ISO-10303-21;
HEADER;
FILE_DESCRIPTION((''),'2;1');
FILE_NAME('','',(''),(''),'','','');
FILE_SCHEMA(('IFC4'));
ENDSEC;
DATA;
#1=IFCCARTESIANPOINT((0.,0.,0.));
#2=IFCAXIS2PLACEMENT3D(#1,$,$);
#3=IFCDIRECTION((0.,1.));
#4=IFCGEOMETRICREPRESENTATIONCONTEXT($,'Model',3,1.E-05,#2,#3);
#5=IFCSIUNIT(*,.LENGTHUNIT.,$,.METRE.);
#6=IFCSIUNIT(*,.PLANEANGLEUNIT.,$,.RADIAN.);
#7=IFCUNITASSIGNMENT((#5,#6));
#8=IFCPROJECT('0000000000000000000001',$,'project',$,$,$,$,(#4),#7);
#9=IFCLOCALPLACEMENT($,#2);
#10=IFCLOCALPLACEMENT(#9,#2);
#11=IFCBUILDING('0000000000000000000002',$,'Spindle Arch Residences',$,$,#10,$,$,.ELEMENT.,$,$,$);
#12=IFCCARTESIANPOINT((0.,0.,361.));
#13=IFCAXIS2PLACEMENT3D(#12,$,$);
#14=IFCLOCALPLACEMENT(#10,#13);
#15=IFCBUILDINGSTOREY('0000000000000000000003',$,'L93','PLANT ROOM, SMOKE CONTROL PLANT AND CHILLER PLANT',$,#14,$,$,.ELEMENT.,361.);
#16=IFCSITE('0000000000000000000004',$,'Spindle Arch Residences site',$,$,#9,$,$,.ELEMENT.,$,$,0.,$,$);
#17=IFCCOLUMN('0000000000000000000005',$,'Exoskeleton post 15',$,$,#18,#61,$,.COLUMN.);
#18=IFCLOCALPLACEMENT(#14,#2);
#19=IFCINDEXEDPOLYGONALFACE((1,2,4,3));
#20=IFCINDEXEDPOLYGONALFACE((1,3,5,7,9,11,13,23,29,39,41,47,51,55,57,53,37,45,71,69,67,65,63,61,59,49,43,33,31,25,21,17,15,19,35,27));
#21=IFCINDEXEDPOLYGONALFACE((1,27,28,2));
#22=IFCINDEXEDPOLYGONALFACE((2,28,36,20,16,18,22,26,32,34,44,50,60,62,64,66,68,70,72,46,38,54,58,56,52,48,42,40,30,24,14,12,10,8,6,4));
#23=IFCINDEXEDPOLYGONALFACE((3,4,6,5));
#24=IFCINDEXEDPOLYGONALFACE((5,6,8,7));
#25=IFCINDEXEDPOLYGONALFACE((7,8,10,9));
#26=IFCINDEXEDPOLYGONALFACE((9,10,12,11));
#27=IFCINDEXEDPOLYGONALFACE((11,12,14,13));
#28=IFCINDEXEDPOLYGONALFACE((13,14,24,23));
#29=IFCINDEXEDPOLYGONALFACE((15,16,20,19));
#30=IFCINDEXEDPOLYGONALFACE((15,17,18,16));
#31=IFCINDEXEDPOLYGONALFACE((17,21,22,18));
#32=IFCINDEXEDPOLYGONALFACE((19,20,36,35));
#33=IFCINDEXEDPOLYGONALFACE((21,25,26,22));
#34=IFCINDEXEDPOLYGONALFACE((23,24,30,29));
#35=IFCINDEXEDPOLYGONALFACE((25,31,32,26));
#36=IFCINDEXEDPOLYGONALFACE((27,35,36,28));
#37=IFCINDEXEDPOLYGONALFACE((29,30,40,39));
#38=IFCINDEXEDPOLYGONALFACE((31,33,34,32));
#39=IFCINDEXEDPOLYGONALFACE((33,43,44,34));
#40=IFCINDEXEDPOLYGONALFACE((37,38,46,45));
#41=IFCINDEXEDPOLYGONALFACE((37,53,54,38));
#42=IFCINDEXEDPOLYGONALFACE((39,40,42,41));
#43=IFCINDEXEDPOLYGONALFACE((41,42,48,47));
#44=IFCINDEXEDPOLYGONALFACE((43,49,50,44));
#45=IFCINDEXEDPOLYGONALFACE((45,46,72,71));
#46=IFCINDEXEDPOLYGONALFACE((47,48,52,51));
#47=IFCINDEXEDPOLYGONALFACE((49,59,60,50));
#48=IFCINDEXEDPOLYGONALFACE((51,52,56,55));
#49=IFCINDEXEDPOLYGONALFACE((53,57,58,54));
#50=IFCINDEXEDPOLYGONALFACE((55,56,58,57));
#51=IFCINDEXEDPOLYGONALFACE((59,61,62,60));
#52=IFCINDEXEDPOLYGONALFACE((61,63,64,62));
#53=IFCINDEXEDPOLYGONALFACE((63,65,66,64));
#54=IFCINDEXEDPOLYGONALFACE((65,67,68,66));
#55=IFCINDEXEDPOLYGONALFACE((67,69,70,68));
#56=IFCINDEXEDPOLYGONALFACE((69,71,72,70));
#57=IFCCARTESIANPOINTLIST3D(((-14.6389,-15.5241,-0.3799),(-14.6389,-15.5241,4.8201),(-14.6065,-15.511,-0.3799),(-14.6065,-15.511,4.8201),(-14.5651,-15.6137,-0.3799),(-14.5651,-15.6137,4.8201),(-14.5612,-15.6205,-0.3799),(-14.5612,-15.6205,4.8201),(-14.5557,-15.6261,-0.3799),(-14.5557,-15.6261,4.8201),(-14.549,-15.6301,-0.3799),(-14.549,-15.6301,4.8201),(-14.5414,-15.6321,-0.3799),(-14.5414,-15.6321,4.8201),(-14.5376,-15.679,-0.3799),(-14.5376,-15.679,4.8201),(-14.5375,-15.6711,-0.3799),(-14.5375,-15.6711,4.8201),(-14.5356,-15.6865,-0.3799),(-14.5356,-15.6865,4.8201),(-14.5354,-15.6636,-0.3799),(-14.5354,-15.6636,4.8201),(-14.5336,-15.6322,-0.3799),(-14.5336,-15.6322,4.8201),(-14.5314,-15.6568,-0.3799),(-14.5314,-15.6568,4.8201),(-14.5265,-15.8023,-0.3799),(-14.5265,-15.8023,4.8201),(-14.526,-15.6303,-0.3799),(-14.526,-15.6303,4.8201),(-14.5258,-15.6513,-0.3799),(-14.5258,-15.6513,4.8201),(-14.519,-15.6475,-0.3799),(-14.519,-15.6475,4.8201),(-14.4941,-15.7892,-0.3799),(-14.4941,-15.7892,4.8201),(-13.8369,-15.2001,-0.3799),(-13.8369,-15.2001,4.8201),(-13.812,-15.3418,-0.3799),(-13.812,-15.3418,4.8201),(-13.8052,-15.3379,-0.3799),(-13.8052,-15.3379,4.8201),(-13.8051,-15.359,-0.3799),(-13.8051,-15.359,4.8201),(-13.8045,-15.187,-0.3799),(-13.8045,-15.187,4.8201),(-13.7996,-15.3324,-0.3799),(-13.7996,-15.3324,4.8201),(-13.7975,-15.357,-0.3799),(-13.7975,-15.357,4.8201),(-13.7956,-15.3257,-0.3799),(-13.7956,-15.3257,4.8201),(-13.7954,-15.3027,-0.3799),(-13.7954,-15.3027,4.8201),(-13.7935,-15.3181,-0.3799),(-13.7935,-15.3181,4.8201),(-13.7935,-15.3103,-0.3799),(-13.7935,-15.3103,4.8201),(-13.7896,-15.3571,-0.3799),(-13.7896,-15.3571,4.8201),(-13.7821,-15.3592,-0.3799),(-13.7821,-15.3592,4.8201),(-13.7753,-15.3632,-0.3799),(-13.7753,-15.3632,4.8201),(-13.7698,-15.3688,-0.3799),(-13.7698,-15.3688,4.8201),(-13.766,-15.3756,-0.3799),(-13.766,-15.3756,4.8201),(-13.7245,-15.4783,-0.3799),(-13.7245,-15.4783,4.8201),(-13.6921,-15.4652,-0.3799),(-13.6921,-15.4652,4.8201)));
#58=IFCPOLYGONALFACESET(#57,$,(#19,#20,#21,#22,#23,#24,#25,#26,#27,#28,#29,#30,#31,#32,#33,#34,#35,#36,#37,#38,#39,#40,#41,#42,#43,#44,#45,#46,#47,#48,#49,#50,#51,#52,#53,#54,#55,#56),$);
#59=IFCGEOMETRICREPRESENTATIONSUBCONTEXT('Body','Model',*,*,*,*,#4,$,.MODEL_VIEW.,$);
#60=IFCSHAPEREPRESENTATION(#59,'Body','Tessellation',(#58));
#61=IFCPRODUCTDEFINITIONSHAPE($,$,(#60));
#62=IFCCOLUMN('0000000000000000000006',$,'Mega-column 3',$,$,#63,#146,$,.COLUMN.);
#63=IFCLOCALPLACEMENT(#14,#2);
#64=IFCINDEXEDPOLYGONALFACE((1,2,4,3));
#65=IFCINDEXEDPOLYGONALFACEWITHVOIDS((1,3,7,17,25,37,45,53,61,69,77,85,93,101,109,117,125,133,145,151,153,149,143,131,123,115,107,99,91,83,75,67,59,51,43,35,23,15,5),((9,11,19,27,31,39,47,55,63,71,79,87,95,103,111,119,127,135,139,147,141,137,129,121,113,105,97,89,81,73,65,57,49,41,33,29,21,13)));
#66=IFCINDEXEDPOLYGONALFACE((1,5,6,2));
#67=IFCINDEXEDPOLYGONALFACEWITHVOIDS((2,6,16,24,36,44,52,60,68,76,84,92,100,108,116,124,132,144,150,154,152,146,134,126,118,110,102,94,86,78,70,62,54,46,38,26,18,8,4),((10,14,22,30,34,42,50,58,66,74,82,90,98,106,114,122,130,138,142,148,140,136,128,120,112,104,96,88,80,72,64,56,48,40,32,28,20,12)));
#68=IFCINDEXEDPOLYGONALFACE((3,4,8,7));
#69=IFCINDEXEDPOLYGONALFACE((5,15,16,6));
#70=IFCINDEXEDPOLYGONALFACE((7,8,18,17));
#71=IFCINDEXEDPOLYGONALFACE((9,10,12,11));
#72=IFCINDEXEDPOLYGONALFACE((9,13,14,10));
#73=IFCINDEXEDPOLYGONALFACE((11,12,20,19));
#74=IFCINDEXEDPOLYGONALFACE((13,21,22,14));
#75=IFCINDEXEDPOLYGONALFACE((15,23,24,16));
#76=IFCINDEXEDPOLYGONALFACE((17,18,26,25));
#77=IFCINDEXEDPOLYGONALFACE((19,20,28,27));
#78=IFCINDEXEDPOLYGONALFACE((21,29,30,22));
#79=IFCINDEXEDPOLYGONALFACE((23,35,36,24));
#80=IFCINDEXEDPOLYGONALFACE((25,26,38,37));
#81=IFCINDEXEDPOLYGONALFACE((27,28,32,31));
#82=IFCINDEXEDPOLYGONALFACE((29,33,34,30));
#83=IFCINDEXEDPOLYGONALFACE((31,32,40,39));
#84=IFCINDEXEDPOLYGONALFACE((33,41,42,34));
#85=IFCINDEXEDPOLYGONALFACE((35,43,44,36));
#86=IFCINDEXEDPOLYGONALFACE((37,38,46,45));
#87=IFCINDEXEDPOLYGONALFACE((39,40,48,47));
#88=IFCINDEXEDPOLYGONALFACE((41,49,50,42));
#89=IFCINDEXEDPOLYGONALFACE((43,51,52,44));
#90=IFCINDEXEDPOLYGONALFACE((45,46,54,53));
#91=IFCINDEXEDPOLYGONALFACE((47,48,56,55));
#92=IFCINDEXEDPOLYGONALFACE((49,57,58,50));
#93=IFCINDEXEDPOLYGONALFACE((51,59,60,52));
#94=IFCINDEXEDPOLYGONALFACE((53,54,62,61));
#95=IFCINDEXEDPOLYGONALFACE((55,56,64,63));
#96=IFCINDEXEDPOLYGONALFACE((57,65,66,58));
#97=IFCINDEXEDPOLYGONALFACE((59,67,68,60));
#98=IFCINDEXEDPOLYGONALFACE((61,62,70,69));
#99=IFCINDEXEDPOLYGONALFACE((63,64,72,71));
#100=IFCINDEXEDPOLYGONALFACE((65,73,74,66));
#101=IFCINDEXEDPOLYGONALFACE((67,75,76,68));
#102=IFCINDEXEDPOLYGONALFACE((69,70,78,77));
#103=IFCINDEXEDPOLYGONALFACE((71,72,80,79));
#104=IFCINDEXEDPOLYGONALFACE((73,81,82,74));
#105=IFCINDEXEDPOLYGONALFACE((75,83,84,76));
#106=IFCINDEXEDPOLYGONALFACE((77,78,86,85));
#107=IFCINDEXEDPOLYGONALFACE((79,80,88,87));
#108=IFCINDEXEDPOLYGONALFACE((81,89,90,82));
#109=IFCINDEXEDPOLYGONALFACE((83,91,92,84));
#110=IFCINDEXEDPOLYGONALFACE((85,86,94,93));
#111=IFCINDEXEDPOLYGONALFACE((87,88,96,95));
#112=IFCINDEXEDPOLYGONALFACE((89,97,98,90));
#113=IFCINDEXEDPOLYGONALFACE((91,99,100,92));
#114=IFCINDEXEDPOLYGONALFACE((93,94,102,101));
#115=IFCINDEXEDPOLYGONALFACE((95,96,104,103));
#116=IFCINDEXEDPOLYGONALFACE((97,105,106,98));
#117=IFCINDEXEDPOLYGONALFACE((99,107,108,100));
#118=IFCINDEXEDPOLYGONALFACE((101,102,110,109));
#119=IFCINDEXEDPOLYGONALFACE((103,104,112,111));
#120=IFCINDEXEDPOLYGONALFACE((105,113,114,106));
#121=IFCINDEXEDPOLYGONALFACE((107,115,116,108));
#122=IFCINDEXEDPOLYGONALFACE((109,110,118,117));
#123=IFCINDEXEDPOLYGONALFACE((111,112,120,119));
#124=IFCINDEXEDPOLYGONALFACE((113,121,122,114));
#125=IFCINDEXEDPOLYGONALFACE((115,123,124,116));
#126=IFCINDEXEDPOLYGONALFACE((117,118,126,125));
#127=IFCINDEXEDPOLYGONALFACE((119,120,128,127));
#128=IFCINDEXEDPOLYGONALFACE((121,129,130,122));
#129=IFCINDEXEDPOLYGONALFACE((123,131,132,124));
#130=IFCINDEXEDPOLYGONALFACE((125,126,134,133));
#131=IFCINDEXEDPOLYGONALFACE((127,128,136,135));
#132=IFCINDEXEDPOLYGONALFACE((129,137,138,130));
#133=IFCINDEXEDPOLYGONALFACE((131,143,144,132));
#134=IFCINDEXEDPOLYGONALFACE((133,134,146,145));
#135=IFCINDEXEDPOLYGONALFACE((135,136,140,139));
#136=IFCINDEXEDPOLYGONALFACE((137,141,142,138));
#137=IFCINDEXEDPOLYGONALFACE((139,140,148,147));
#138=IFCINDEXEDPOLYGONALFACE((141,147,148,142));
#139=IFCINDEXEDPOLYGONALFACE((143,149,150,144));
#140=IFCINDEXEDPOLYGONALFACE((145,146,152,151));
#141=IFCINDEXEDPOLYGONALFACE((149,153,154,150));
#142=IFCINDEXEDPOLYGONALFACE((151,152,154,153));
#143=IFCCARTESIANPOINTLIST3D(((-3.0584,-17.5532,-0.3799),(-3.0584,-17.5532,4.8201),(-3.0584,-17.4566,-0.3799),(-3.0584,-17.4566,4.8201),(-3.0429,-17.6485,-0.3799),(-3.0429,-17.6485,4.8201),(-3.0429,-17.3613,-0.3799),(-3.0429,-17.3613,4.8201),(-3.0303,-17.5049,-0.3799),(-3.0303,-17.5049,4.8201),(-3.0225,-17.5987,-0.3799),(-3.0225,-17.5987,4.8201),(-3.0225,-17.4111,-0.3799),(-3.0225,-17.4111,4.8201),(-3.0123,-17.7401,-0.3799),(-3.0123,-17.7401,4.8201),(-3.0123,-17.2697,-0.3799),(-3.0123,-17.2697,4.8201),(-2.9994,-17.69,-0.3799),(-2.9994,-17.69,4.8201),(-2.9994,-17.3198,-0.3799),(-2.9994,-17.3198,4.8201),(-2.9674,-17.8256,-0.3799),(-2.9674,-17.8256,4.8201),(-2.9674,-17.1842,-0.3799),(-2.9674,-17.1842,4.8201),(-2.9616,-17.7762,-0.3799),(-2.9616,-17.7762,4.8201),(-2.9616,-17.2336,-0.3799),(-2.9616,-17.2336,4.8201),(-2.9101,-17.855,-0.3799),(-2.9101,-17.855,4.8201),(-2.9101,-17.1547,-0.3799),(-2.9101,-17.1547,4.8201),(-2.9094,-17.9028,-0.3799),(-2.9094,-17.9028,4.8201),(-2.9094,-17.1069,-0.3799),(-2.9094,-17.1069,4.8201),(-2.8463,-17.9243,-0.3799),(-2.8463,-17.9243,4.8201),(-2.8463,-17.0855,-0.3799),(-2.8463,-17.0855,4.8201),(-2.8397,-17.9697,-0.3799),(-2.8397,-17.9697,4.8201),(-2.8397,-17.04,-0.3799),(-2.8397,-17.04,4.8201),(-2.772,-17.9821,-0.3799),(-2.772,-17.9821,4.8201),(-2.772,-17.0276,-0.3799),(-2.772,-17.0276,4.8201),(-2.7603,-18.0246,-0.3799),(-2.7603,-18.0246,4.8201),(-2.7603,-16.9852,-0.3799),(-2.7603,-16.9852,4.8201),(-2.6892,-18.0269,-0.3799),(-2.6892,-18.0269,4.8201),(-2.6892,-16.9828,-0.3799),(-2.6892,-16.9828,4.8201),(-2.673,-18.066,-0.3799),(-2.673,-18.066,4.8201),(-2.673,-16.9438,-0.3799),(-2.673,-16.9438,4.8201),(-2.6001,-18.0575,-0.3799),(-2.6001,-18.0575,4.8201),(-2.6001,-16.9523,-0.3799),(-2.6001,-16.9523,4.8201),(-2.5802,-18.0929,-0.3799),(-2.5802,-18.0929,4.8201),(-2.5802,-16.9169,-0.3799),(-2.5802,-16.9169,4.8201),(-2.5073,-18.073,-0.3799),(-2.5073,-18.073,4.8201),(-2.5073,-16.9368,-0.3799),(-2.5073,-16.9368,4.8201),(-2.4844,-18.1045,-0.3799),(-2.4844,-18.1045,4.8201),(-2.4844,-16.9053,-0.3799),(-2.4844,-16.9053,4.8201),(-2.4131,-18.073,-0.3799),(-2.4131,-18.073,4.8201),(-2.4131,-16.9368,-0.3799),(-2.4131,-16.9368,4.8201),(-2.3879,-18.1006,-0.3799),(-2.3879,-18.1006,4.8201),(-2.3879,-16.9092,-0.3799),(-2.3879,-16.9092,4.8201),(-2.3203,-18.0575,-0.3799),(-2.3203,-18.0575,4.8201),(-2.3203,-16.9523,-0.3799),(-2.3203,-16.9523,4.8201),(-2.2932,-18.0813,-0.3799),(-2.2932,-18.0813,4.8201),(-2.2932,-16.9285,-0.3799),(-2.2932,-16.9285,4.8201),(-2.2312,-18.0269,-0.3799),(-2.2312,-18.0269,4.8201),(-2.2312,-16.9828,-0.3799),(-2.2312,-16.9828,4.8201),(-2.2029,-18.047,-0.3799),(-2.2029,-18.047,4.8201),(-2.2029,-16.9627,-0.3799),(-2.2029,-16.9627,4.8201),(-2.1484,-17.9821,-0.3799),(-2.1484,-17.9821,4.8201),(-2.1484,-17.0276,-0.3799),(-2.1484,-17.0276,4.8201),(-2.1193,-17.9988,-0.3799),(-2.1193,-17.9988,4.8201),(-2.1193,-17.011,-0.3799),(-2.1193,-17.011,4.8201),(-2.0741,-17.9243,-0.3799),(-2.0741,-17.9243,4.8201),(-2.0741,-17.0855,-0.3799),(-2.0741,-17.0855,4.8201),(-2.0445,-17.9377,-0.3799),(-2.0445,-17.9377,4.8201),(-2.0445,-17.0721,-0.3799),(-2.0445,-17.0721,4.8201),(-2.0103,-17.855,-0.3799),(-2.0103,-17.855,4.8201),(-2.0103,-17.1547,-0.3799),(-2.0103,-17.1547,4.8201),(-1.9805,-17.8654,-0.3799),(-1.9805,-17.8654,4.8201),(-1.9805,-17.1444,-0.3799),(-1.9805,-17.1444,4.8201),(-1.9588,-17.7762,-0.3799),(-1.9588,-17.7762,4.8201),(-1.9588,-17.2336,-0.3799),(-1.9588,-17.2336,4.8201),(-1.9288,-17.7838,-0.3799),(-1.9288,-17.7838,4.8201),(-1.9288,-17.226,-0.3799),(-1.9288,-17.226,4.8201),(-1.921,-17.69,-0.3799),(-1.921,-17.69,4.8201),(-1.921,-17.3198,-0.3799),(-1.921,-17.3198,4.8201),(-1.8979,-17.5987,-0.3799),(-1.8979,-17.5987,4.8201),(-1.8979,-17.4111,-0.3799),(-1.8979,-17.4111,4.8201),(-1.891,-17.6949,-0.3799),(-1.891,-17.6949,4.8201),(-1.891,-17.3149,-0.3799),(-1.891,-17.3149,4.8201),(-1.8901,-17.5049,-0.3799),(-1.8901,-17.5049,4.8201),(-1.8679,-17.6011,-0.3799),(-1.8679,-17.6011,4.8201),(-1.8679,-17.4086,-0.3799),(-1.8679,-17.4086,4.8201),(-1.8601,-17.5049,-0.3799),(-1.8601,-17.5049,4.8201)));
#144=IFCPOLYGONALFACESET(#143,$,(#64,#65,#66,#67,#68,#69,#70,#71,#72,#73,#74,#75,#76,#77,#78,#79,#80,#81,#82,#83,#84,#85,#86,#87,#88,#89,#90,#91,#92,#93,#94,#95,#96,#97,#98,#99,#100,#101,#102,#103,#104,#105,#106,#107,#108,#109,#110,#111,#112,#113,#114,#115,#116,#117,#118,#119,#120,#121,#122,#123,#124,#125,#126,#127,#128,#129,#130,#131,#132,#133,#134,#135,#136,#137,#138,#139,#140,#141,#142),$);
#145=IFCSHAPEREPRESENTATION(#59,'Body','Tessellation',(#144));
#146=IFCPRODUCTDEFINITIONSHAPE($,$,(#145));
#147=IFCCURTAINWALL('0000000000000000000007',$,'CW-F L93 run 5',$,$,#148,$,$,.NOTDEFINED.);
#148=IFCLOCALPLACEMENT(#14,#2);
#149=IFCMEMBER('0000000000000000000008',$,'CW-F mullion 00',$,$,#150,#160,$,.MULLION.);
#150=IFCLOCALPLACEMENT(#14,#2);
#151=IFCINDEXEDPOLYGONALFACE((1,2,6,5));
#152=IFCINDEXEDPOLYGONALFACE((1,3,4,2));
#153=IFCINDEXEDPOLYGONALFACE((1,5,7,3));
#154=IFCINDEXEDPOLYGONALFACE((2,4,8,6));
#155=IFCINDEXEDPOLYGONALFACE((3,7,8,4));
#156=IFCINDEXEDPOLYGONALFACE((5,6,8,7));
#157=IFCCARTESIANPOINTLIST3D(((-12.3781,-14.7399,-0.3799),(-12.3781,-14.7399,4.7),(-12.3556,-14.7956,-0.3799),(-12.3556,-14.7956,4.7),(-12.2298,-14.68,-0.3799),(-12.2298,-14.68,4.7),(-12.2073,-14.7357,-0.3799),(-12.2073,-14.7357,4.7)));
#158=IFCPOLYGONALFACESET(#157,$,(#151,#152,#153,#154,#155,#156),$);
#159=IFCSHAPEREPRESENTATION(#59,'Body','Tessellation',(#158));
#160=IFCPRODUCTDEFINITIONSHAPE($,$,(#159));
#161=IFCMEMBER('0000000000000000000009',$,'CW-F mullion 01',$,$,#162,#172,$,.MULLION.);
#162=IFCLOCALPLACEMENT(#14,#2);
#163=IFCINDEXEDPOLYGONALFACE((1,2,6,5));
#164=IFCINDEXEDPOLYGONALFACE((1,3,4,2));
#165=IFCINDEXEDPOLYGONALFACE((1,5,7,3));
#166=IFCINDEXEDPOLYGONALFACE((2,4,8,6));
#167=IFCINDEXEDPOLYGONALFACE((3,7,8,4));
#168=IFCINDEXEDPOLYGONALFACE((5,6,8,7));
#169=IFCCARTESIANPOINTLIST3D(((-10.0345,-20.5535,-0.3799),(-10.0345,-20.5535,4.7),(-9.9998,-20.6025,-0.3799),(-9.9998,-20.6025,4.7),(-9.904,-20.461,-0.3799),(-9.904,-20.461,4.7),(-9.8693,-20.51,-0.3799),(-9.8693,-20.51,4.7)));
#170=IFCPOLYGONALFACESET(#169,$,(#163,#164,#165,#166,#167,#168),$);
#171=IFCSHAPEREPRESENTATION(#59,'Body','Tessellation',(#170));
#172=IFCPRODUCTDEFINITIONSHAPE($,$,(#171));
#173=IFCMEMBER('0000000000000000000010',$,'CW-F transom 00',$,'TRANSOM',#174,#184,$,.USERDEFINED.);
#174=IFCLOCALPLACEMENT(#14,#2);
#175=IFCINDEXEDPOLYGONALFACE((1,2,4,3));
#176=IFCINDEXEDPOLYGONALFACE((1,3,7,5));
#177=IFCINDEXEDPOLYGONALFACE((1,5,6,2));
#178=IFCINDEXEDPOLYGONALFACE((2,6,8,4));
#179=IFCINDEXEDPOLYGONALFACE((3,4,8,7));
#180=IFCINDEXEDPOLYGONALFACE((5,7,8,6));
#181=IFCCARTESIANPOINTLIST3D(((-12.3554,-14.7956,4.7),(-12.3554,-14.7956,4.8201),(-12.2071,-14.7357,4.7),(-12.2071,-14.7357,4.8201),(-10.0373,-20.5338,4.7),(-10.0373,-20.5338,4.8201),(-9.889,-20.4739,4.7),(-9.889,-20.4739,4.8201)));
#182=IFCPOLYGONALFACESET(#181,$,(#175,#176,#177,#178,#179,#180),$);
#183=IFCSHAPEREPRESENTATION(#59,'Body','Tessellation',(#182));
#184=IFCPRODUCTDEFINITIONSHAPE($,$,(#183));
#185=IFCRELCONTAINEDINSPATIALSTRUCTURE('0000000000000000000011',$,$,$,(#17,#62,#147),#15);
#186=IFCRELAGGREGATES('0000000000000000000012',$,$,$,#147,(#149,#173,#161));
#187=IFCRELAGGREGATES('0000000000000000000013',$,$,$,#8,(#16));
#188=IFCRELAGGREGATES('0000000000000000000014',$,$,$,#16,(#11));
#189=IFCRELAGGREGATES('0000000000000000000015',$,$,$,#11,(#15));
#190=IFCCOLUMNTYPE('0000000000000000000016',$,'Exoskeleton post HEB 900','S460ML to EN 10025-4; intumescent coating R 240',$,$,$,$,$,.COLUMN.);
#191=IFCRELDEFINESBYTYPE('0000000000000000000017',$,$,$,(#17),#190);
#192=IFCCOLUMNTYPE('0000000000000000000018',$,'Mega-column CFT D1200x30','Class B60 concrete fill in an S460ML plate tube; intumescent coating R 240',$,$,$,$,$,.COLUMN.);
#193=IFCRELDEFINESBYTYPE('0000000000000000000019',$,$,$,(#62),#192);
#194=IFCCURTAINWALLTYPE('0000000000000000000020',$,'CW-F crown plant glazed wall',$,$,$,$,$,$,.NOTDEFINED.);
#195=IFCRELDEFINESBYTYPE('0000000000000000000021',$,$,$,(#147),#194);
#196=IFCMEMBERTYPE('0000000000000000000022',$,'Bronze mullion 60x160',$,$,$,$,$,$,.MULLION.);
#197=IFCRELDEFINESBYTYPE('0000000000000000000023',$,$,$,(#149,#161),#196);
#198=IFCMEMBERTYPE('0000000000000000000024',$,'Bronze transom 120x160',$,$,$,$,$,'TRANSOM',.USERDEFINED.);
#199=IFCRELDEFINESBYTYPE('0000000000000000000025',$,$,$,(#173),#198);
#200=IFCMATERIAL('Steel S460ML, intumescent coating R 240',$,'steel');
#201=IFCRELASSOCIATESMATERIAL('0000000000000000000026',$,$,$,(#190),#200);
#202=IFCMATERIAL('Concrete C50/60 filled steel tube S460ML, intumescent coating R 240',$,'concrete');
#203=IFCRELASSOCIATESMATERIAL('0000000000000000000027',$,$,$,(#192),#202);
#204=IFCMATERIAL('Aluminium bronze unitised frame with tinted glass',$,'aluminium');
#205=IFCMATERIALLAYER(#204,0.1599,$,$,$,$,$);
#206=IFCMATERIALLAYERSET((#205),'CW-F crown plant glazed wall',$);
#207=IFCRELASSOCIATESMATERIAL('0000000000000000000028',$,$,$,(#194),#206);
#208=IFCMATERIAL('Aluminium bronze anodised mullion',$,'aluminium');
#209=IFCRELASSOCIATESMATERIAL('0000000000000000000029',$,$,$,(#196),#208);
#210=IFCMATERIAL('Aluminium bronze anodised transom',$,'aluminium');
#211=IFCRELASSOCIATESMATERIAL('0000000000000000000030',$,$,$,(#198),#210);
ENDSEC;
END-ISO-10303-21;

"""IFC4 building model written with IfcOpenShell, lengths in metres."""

from ifc_helpers import new_model, si_unit, direction, frame, origin, origin_2d, place, context, subcontext, project, spatial, rectangle, hollow_circle, i_section, extrude, material, layer, layer_set, material_profile, profile_set, type_object, element, aggregate, save


model = new_model("IFC4")

# Units and contexts
model_context = context("Model", 3, precision=1e-05, world=origin(), true_north=direction((0.0, 1.0)))
body_context = subcontext(model_context, "Body", "Model", "MODEL_VIEW")
ifc_project = project(units=[si_unit("LENGTHUNIT", "METRE"), si_unit("PLANEANGLEUNIT", "RADIAN")], contexts=[model_context])

# Site, building, storey
site_placement = place(None, origin())
site = spatial("IfcSite", under=ifc_project, at=site_placement, Name="Spindle Arch Residences site", CompositionType="ELEMENT", RefElevation=0.0)
building_placement = place(site_placement, origin())
building = spatial("IfcBuilding", under=site, at=building_placement, Name="Spindle Arch Residences", CompositionType="ELEMENT")
storey_placement = place(building_placement, frame((0.0, 0.0, 361.0)))
storey = spatial("IfcBuildingStorey", under=building, at=storey_placement, Name="L93", Description="PLANT ROOM, SMOKE CONTROL PLANT AND CHILLER PLANT", CompositionType="ELEMENT", Elevation=361.0)

# Columns
ifc_material_1 = material(Name="Steel S460ML, intumescent coating R 240", Category="steel")
ifc_material_profile_1 = material_profile(ifc_material_1, i_section(OverallWidth=0.3, OverallDepth=0.8999, WebThickness=0.0186, FlangeThickness=0.0349, FilletRadius=0.03, at=origin_2d()), Name="HEB 900")
ifc_profile_set_1 = profile_set([ifc_material_profile_1], Name="Steel S460ML, intumescent coating R 240")
column_type_1 = type_object("IfcColumnType", Name="Exoskeleton post HEB 900", Description="S460ML to EN 10025-4; intumescent coating R 240", PredefinedType="COLUMN", material=ifc_profile_set_1)
column_1_placement = place(storey_placement, frame((-14.1655, -15.4946, -0.3799), z_axis=(0.0, 0.0, 1.0), x_axis=(-0.374607, 0.927184, 0.0)))
element("IfcColumn", 1, at=column_1_placement, inside=storey, type_object=column_type_1, Name="Exoskeleton post 15", PredefinedType="COLUMN", context=body_context, shape_type="SweptSolid", body=[
    extrude(i_section(OverallWidth=0.3, OverallDepth=0.8999, WebThickness=0.0186, FlangeThickness=0.0349, FilletRadius=0.03, at=origin_2d()), origin(), (0.0, 0.0, 1.0), 5.2),
])
ifc_material_2 = material(Name="Concrete C50/60 filled steel tube S460ML, intumescent coating R 240", Category="concrete")
ifc_material_profile_2 = material_profile(ifc_material_2, hollow_circle(Radius=0.6001, WallThickness=0.03, at=origin_2d()), Name="CFT D1200x30")
ifc_profile_set_2 = profile_set([ifc_material_profile_2], Name="Concrete C50/60 filled steel tube S460ML, intumescent coating R 240")
column_type_2 = type_object("IfcColumnType", Name="Mega-column CFT D1200x30", Description="Class B60 concrete fill in an S460ML plate tube; intumescent coating R 240", PredefinedType="COLUMN", material=ifc_profile_set_2)
column_2_placement = place(storey_placement, frame((-2.4602, -17.5049, -0.3799), z_axis=(0.0, 0.0, 1.0), x_axis=(1.0, 0.0, 0.0)))
element("IfcColumn", 2, at=column_2_placement, inside=storey, type_object=column_type_2, Name="Mega-column 3", PredefinedType="COLUMN", context=body_context, shape_type="SweptSolid", body=[
    extrude(hollow_circle(Radius=0.6001, WallThickness=0.03, at=origin_2d()), origin(), (0.0, 0.0, 1.0), 5.2),
])

# Curtain wall, members
ifc_material_3 = material(Name="Aluminium bronze unitised frame with tinted glass", Category="aluminium")
ifc_layer_1 = layer(ifc_material_3, 0.1599)
ifc_layer_set_1 = layer_set([ifc_layer_1], Name="CW-F crown plant glazed wall")
curtain_wall_type = type_object("IfcCurtainWallType", Name="CW-F crown plant glazed wall", PredefinedType="NOTDEFINED", material=ifc_layer_set_1)
curtain_wall_1_placement = place(storey_placement, origin())
curtain_wall_1 = element("IfcCurtainWall", 3, at=curtain_wall_1_placement, inside=storey, type_object=curtain_wall_type, Name="CW-F L93 run 5", PredefinedType="NOTDEFINED")
ifc_material_4 = material(Name="Aluminium bronze anodised mullion", Category="aluminium")
ifc_material_profile_3 = material_profile(ifc_material_4, rectangle(XDim=0.1599, YDim=0.0601, at=origin_2d()), Name="MU 60x160")
ifc_profile_set_3 = profile_set([ifc_material_profile_3], Name="Aluminium bronze anodised mullion")
member_type_1 = type_object("IfcMemberType", Name="Bronze mullion 60x160", PredefinedType="MULLION", material=ifc_profile_set_3)
member_1_placement = place(storey_placement, frame((-12.2927, -14.7378, -0.3799), z_axis=(0.0, 0.0, 1.0), x_axis=(0.927184, 0.374607, 0.0)))
member_1 = element("IfcMember", 4, at=member_1_placement, type_object=member_type_1, Name="CW-F mullion 00", PredefinedType="MULLION", context=body_context, shape_type="SweptSolid", body=[
    extrude(rectangle(XDim=0.1599, YDim=0.0601, at=origin_2d()), origin(), (0.0, 0.0, 1.0), 5.0798),
])
member_2_placement = place(storey_placement, frame((-9.9519, -20.5317, -0.3799), z_axis=(0.0, 0.0, 1.0), x_axis=(0.815801, 0.578332, 0.0)))
member_2 = element("IfcMember", 5, at=member_2_placement, type_object=member_type_1, Name="CW-F mullion 01", PredefinedType="MULLION", context=body_context, shape_type="SweptSolid", body=[
    extrude(rectangle(XDim=0.1599, YDim=0.0601, at=origin_2d()), origin(), (0.0, 0.0, 1.0), 5.0798),
])
ifc_material_5 = material(Name="Aluminium bronze anodised transom", Category="aluminium")
ifc_material_profile_4 = material_profile(ifc_material_5, rectangle(XDim=0.1599, YDim=0.1201, at=origin_2d()), Name="TR 120x160")
ifc_profile_set_4 = profile_set([ifc_material_profile_4], Name="Aluminium bronze anodised transom")
member_type_2 = type_object("IfcMemberType", Name="Bronze transom 120x160", ElementType="TRANSOM", PredefinedType="USERDEFINED", material=ifc_profile_set_4)
member_3_placement = place(storey_placement, frame((-12.2812, -14.7656, 4.76), z_axis=(0.374565, -0.927201, 0.0), x_axis=(0.927201, 0.374565, 0.0)))
member_3 = element("IfcMember", 6, at=member_3_placement, type_object=member_type_2, Name="CW-F transom 00", ObjectType="TRANSOM", PredefinedType="USERDEFINED", context=body_context, shape_type="SweptSolid", body=[
    extrude(rectangle(XDim=0.1599, YDim=0.1201, at=origin_2d()), origin(), (0.0, 0.0, 1.0), 6.1887),
])

aggregate(curtain_wall_1, [member_1, member_3, member_2])

save(model, "model.ifc")
